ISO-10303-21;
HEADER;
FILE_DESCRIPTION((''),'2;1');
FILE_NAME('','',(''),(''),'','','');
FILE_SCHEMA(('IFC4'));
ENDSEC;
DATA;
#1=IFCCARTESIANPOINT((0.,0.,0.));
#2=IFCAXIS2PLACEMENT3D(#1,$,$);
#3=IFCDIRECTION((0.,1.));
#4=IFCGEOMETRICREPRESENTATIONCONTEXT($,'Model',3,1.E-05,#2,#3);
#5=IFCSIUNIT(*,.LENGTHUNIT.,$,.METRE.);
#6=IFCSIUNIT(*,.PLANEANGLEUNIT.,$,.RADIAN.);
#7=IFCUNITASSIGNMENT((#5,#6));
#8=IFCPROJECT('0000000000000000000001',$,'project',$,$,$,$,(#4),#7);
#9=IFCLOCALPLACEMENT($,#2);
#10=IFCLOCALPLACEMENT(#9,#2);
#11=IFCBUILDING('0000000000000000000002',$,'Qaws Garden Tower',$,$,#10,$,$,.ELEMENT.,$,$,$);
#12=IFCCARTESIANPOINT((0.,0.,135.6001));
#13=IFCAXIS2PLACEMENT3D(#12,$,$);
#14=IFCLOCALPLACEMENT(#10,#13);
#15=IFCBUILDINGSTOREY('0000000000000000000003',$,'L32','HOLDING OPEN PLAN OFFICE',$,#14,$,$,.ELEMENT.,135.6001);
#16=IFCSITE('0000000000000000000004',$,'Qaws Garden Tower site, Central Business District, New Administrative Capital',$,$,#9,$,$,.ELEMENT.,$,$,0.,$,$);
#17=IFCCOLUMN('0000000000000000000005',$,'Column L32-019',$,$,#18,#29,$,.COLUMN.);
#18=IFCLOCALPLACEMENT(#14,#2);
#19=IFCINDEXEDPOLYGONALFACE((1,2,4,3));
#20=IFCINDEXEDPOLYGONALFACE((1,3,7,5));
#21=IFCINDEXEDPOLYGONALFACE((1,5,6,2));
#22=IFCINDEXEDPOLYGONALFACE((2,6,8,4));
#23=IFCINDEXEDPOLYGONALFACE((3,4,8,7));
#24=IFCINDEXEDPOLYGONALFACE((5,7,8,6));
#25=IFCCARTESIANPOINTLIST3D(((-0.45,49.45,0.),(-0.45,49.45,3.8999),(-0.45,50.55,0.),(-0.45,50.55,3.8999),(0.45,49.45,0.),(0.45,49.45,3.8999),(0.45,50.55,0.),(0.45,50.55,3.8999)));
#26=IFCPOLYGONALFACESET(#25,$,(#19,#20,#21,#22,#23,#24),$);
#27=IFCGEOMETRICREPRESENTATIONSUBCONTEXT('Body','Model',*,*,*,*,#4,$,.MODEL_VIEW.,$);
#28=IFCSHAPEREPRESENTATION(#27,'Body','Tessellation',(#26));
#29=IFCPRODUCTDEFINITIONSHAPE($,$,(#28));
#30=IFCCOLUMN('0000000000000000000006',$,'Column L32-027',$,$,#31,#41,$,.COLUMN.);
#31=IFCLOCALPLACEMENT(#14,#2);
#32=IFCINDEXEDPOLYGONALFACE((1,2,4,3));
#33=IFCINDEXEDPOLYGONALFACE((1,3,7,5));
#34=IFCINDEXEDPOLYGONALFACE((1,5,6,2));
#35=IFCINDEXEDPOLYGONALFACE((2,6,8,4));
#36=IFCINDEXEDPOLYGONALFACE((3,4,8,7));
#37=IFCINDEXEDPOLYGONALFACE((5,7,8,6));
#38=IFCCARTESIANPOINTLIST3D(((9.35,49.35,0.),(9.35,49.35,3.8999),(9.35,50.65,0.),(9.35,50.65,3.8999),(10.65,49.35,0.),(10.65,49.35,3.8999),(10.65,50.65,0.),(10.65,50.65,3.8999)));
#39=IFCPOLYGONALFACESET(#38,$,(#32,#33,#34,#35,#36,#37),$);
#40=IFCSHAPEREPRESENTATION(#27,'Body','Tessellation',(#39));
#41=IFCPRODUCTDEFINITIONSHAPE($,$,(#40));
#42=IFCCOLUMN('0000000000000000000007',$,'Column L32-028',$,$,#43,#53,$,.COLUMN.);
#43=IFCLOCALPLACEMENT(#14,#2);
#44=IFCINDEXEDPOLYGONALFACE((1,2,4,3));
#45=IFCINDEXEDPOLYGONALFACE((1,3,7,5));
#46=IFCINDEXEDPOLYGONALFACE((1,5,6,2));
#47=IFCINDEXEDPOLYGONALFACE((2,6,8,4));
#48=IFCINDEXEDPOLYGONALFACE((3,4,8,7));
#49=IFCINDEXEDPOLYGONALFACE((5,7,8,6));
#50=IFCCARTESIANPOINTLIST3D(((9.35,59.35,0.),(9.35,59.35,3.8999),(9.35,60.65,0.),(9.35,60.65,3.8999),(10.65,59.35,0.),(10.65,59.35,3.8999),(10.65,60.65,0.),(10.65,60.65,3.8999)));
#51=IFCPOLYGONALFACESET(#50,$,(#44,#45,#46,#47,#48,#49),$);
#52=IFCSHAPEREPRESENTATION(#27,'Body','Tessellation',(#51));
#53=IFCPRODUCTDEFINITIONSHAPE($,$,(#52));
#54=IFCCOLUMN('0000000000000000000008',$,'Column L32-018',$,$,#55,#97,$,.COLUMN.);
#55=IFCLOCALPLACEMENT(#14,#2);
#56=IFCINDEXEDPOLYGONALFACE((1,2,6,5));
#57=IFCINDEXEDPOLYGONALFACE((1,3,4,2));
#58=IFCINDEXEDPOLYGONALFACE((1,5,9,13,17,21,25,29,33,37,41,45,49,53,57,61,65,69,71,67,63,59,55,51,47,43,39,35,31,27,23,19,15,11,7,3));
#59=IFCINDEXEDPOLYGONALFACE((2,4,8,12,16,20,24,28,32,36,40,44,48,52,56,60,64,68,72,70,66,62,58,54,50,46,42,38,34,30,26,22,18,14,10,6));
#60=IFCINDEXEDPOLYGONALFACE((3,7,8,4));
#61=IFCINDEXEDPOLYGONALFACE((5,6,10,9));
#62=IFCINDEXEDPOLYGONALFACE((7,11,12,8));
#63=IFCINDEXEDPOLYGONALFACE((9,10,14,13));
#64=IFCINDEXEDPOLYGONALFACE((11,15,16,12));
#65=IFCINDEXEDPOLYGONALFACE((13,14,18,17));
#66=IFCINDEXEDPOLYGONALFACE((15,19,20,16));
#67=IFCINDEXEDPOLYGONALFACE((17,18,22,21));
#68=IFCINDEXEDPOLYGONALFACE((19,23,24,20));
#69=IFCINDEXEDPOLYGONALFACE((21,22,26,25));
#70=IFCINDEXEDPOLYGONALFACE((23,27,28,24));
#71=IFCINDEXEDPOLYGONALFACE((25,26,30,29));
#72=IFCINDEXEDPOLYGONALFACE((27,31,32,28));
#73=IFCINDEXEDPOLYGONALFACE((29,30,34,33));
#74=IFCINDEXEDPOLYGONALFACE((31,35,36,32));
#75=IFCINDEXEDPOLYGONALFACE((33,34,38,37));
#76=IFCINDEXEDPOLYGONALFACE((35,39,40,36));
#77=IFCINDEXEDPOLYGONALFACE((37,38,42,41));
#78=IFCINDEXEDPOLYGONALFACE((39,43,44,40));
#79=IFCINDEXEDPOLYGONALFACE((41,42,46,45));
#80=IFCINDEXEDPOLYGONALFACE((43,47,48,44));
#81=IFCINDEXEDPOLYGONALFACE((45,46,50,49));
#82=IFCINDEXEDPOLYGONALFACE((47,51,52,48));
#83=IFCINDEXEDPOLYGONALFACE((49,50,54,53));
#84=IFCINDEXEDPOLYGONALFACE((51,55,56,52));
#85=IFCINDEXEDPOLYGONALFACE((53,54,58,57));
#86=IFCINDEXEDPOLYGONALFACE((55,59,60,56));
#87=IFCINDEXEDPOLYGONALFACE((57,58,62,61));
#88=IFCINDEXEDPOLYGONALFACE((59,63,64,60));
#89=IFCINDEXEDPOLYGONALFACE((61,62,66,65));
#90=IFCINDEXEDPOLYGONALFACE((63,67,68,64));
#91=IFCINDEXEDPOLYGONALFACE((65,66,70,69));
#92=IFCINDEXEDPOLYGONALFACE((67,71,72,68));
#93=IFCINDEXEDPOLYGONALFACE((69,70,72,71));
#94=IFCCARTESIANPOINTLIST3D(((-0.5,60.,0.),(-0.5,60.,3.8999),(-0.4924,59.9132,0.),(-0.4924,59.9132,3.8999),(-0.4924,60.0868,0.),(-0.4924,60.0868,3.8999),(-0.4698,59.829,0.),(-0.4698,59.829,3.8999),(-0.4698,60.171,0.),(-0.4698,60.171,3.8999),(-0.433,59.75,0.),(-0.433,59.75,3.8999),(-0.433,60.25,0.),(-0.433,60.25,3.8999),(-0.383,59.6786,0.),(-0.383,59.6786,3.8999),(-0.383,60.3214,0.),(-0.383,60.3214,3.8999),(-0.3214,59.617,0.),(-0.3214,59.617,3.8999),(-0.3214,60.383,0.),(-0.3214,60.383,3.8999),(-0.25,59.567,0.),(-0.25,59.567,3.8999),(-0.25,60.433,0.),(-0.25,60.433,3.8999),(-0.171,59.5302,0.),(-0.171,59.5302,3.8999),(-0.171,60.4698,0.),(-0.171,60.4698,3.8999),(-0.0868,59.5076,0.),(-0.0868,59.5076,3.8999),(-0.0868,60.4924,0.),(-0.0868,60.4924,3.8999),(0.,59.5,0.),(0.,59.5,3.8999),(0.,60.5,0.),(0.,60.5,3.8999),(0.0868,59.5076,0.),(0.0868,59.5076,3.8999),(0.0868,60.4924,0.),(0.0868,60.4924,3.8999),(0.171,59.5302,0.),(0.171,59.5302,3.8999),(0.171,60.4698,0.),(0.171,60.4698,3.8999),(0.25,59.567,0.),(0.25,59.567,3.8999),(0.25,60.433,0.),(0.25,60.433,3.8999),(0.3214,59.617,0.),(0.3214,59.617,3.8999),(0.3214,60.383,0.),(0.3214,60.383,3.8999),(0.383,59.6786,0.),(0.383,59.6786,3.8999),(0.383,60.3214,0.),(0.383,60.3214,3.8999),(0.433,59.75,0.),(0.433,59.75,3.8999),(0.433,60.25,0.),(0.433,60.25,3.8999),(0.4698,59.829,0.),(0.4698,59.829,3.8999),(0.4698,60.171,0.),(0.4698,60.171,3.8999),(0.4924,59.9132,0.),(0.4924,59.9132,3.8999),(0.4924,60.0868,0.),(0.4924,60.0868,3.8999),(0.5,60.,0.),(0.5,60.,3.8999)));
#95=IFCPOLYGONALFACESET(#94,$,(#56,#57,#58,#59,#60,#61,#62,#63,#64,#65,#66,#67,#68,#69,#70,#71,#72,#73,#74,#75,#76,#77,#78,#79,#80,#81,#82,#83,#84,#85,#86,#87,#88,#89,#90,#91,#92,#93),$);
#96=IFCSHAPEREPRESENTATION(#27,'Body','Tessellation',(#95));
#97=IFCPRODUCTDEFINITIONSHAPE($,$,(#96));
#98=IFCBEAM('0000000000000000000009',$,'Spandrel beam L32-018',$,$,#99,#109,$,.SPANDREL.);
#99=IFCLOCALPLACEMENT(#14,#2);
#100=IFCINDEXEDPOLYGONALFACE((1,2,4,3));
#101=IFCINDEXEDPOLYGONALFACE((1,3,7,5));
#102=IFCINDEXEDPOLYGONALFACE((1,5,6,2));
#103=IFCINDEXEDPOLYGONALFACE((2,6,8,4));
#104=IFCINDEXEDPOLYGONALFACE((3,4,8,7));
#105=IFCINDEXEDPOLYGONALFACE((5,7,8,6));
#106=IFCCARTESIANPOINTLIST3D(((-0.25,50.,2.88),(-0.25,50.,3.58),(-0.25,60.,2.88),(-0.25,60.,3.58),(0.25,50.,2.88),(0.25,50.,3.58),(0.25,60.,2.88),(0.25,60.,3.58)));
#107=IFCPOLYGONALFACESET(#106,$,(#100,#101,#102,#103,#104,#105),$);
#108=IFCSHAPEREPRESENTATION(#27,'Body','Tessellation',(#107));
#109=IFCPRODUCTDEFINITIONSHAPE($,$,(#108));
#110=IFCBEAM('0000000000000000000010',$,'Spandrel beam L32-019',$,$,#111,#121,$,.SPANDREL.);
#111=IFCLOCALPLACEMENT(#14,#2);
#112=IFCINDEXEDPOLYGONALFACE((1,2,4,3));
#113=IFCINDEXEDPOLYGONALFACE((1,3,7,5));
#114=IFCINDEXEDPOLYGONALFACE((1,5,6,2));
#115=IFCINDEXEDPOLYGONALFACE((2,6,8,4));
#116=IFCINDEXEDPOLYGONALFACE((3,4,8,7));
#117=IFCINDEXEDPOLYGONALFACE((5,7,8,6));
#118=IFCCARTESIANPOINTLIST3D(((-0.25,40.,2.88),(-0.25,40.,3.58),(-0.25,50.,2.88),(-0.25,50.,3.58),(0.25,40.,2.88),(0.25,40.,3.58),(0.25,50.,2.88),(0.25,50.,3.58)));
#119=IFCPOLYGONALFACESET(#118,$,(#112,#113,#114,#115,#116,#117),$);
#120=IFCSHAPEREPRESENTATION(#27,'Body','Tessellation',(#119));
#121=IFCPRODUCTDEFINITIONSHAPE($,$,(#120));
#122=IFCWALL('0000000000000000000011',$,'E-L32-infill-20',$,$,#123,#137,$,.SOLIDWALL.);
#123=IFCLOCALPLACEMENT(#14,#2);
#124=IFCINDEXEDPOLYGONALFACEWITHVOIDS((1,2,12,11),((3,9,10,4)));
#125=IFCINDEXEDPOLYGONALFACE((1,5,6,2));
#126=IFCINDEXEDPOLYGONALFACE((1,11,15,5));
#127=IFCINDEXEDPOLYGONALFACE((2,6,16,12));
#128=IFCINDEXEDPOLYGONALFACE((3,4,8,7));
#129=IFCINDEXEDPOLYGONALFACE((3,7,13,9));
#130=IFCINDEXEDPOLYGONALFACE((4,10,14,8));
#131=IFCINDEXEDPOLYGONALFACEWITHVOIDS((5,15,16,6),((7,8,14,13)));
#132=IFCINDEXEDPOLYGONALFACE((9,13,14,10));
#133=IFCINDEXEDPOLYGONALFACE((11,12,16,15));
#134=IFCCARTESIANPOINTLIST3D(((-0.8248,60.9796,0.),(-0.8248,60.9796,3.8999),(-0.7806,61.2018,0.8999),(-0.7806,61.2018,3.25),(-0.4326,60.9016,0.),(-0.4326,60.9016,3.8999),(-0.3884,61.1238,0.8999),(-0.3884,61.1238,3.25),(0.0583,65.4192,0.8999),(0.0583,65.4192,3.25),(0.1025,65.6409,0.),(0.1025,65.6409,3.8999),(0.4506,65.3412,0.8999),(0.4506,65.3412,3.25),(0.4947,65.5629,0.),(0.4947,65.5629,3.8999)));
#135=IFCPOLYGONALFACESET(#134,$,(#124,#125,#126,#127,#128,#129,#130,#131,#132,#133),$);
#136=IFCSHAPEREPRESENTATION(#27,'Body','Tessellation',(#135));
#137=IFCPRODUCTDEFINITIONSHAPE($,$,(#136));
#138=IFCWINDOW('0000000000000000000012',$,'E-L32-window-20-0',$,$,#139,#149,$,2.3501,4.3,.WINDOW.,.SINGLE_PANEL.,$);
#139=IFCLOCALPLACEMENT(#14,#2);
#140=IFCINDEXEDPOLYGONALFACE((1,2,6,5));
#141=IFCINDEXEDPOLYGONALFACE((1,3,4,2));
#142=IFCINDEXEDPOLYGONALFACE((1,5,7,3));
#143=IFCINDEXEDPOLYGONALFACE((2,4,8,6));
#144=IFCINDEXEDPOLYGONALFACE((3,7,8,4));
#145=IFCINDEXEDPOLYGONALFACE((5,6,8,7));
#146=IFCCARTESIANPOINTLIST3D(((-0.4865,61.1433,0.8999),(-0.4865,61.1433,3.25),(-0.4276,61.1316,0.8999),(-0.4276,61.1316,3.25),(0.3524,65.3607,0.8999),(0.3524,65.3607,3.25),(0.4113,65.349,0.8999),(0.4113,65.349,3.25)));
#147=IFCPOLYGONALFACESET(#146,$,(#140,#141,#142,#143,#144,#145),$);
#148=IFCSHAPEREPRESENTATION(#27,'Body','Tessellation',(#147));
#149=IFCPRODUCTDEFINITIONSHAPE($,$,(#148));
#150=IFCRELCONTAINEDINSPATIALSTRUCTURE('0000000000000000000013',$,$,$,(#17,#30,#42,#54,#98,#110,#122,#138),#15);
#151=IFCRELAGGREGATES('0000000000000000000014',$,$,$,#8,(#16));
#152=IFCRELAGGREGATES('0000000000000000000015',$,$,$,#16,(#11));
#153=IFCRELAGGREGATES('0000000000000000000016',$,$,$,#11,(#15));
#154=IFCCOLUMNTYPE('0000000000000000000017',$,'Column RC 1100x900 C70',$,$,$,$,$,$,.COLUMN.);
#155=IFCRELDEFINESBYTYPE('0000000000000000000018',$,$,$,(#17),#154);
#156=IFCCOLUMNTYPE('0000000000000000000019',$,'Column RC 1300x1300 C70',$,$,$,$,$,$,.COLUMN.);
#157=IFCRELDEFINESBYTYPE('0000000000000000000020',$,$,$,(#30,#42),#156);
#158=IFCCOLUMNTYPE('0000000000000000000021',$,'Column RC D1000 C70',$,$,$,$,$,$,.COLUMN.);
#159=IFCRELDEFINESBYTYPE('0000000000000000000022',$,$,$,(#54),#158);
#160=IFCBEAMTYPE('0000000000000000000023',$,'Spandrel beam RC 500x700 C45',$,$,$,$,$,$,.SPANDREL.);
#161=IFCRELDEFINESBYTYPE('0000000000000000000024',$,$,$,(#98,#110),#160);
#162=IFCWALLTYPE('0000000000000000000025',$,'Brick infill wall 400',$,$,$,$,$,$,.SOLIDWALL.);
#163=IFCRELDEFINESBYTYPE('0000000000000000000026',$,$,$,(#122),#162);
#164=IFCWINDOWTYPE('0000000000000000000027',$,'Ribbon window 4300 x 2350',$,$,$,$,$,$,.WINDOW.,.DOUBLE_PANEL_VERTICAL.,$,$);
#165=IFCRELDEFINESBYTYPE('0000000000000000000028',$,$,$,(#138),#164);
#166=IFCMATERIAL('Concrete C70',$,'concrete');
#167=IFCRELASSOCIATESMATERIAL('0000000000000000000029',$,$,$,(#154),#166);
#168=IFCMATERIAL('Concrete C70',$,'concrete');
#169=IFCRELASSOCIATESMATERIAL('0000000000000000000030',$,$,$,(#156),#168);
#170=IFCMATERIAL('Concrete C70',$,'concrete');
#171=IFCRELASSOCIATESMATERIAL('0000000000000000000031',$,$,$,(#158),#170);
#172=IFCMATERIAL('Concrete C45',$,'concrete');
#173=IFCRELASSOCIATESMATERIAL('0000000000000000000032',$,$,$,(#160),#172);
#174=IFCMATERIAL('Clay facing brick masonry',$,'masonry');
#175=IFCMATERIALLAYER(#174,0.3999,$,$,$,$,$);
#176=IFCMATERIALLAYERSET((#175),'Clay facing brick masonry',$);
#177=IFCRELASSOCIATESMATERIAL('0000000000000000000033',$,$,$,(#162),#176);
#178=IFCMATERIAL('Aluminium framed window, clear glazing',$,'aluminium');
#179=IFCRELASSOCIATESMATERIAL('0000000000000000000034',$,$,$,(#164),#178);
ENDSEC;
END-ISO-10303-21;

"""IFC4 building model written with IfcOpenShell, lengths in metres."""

from ifc_helpers import new_model, si_unit, direction, frame, frame_2d, origin, origin_2d, place, context, subcontext, project, spatial, rectangle, circle, extrude, material, layer, layer_set, material_profile, profile_set, type_object, element, fill, save


model = new_model("IFC4")

# Units and contexts
model_context = context("Model", 3, precision=1e-05, world=origin(), true_north=direction((0.0, 1.0)))
body_context = subcontext(model_context, "Body", "Model", "MODEL_VIEW")
ifc_project = project(units=[si_unit("LENGTHUNIT", "METRE"), si_unit("PLANEANGLEUNIT", "RADIAN")], contexts=[model_context])

# Site, building, storey
site_placement = place(None, origin())
site = spatial("IfcSite", under=ifc_project, at=site_placement, Name="Qaws Garden Tower site, Central Business District, New Administrative Capital", CompositionType="ELEMENT", RefElevation=0.0)
building_placement = place(site_placement, origin())
building = spatial("IfcBuilding", under=site, at=building_placement, Name="Qaws Garden Tower", CompositionType="ELEMENT")
storey_placement = place(building_placement, frame((0.0, 0.0, 135.6001)))
storey = spatial("IfcBuildingStorey", under=building, at=storey_placement, Name="L32", Description="HOLDING OPEN PLAN OFFICE", CompositionType="ELEMENT", Elevation=135.6001)

# Columns
ifc_material_1 = material(Name="Concrete C70", Category="concrete")
ifc_material_profile_1 = material_profile(ifc_material_1, rectangle(XDim=1.1001, YDim=0.8999, at=origin_2d()), Name="RC 1100x900")
ifc_profile_set_1 = profile_set([ifc_material_profile_1], Name="Concrete C70")
column_type_1 = type_object("IfcColumnType", Name="Column RC 1100x900 C70", PredefinedType="COLUMN", material=ifc_profile_set_1)
column_1_placement = place(storey_placement, frame((0.0, 50.0, 0.0), z_axis=(0.0, 0.0, 1.0), x_axis=(0.0, 1.0, 0.0)))
element("IfcColumn", 1, at=column_1_placement, inside=storey, type_object=column_type_1, Name="Column L32-019", PredefinedType="COLUMN", context=body_context, shape_type="SweptSolid", body=[
    extrude(rectangle(XDim=1.1001, YDim=0.8999, at=origin_2d()), origin(), (0.0, 0.0, 1.0), 3.8999),
])
ifc_material_2 = material(Name="Concrete C70", Category="concrete")
ifc_material_profile_2 = material_profile(ifc_material_2, rectangle(XDim=1.3, YDim=1.3, at=origin_2d()), Name="RC 1300x1300")
ifc_profile_set_2 = profile_set([ifc_material_profile_2], Name="Concrete C70")
column_type_2 = type_object("IfcColumnType", Name="Column RC 1300x1300 C70", PredefinedType="COLUMN", material=ifc_profile_set_2)
for number, where, z_axis, x_axis, name in (
    (2, (10.0, 50.0, 0.0), (0.0, 0.0, 1.0), (1.0, 0.0, 0.0), "Column L32-027"),
    (3, (10.0, 60.0, 0.0), (0.0, 0.0, 1.0), (1.0, 0.0, 0.0), "Column L32-028"),
):
    element("IfcColumn", number, at=place(storey_placement, frame(where, z_axis=z_axis, x_axis=x_axis)), inside=storey, type_object=column_type_2, Name=name, PredefinedType="COLUMN", context=body_context, shape_type="SweptSolid", body=[
        extrude(rectangle(XDim=1.3, YDim=1.3, at=origin_2d()), origin(), (0.0, 0.0, 1.0), 3.8999),
    ])
ifc_material_3 = material(Name="Concrete C70", Category="concrete")
ifc_material_profile_3 = material_profile(ifc_material_3, circle(Radius=0.5, at=origin_2d()), Name="RC D1000")
ifc_profile_set_3 = profile_set([ifc_material_profile_3], Name="Concrete C70")
column_type_3 = type_object("IfcColumnType", Name="Column RC D1000 C70", PredefinedType="COLUMN", material=ifc_profile_set_3)
column_2_placement = place(storey_placement, frame((0.0, 60.0, 0.0), z_axis=(0.0, 0.0, 1.0), x_axis=(1.0, 0.0, 0.0)))
element("IfcColumn", 4, at=column_2_placement, inside=storey, type_object=column_type_3, Name="Column L32-018", PredefinedType="COLUMN", context=body_context, shape_type="SweptSolid", body=[
    extrude(circle(Radius=0.5, at=origin_2d()), origin(), (0.0, 0.0, 1.0), 3.8999),
])

# Beams
ifc_material_4 = material(Name="Concrete C45", Category="concrete")
ifc_material_profile_4 = material_profile(ifc_material_4, rectangle(XDim=0.5, YDim=0.7, at=origin_2d()), Name="RC 500x700")
ifc_profile_set_4 = profile_set([ifc_material_profile_4], Name="Concrete C45")
beam_type = type_object("IfcBeamType", Name="Spandrel beam RC 500x700 C45", PredefinedType="SPANDREL", material=ifc_profile_set_4)
for number, where, z_axis, x_axis, name in (
    (5, (0.0, 60.0, 3.23), (0.0, -1.0, 0.0), (1.0, 0.0, 0.0), "Spandrel beam L32-018"),
    (6, (0.0, 50.0, 3.23), (0.0, -1.0, 0.0), (1.0, 0.0, 0.0), "Spandrel beam L32-019"),
):
    element("IfcBeam", number, at=place(storey_placement, frame(where, z_axis=z_axis, x_axis=x_axis)), inside=storey, type_object=beam_type, Name=name, PredefinedType="SPANDREL", context=body_context, shape_type="SweptSolid", body=[
        extrude(rectangle(XDim=0.5, YDim=0.7, at=origin_2d()), origin(), (0.0, 0.0, 1.0), 10.0),
    ])

# Wall, opening, window
ifc_material_5 = material(Name="Clay facing brick masonry", Category="masonry")
ifc_layer_1 = layer(ifc_material_5, 0.3999)
ifc_layer_set_1 = layer_set([ifc_layer_1], Name="Clay facing brick masonry")
wall_type_1 = type_object("IfcWallType", Name="Brick infill wall 400", PredefinedType="SOLIDWALL", material=ifc_layer_set_1)
wall_1_placement = place(storey_placement, frame((0.2986, 65.6021, 0.0), z_axis=(0.0, 0.0, 1.0), x_axis=(-0.195099, -0.980784, 0.0)))
wall_1 = element("IfcWall", 7, at=wall_1_placement, inside=storey, type_object=wall_type_1, Name="E-L32-infill-20", PredefinedType="SOLIDWALL", context=body_context, shape_type="SweptSolid", body=[
    extrude(rectangle(XDim=4.7527, YDim=0.3999, at=frame_2d((2.3765, 0.0))), origin(), (0.0, 0.0, 1.0), 3.8999),
])
opening_1_placement = place(wall_1_placement, frame((0.2263, 0.0, 0.8999)))
opening_1 = element("IfcOpeningElement", 8, at=opening_1_placement, cuts=wall_1, PredefinedType="OPENING", context=body_context, shape_type="SweptSolid", body=[
    extrude(rectangle(XDim=4.3, YDim=2.3501, at=frame_2d((2.1499, 1.175))), frame((0.0, 0.21, 0.0), z_axis=(0.0, -1.0, 0.0), x_axis=(1.0, 0.0, 0.0)), (0.0, 0.0, 1.0), 0.4199),
])
ifc_material_6 = material(Name="Aluminium framed window, clear glazing", Category="aluminium")
window_type_1 = type_object("IfcWindowType", Name="Ribbon window 4300 x 2350", PartitioningType="DOUBLE_PANEL_VERTICAL", PredefinedType="WINDOW", material=ifc_material_6)
window_1_placement = place(opening_1_placement, origin())
window_1 = element("IfcWindow", 9, at=window_1_placement, inside=storey, type_object=window_type_1, Name="E-L32-window-20-0", OverallHeight=2.3501, OverallWidth=4.3, PartitioningType="SINGLE_PANEL", PredefinedType="WINDOW", context=body_context, shape_type="SweptSolid", body=[
    extrude(rectangle(XDim=4.3, YDim=2.3501, at=frame_2d((2.1499, 1.175))), frame((0.0, 0.1599, 0.0), z_axis=(0.0, -1.0, 0.0), x_axis=(1.0, 0.0, 0.0)), (0.0, 0.0, 1.0), 0.0601),
])
fill(opening_1, window_1)

save(model, "model.ifc")
